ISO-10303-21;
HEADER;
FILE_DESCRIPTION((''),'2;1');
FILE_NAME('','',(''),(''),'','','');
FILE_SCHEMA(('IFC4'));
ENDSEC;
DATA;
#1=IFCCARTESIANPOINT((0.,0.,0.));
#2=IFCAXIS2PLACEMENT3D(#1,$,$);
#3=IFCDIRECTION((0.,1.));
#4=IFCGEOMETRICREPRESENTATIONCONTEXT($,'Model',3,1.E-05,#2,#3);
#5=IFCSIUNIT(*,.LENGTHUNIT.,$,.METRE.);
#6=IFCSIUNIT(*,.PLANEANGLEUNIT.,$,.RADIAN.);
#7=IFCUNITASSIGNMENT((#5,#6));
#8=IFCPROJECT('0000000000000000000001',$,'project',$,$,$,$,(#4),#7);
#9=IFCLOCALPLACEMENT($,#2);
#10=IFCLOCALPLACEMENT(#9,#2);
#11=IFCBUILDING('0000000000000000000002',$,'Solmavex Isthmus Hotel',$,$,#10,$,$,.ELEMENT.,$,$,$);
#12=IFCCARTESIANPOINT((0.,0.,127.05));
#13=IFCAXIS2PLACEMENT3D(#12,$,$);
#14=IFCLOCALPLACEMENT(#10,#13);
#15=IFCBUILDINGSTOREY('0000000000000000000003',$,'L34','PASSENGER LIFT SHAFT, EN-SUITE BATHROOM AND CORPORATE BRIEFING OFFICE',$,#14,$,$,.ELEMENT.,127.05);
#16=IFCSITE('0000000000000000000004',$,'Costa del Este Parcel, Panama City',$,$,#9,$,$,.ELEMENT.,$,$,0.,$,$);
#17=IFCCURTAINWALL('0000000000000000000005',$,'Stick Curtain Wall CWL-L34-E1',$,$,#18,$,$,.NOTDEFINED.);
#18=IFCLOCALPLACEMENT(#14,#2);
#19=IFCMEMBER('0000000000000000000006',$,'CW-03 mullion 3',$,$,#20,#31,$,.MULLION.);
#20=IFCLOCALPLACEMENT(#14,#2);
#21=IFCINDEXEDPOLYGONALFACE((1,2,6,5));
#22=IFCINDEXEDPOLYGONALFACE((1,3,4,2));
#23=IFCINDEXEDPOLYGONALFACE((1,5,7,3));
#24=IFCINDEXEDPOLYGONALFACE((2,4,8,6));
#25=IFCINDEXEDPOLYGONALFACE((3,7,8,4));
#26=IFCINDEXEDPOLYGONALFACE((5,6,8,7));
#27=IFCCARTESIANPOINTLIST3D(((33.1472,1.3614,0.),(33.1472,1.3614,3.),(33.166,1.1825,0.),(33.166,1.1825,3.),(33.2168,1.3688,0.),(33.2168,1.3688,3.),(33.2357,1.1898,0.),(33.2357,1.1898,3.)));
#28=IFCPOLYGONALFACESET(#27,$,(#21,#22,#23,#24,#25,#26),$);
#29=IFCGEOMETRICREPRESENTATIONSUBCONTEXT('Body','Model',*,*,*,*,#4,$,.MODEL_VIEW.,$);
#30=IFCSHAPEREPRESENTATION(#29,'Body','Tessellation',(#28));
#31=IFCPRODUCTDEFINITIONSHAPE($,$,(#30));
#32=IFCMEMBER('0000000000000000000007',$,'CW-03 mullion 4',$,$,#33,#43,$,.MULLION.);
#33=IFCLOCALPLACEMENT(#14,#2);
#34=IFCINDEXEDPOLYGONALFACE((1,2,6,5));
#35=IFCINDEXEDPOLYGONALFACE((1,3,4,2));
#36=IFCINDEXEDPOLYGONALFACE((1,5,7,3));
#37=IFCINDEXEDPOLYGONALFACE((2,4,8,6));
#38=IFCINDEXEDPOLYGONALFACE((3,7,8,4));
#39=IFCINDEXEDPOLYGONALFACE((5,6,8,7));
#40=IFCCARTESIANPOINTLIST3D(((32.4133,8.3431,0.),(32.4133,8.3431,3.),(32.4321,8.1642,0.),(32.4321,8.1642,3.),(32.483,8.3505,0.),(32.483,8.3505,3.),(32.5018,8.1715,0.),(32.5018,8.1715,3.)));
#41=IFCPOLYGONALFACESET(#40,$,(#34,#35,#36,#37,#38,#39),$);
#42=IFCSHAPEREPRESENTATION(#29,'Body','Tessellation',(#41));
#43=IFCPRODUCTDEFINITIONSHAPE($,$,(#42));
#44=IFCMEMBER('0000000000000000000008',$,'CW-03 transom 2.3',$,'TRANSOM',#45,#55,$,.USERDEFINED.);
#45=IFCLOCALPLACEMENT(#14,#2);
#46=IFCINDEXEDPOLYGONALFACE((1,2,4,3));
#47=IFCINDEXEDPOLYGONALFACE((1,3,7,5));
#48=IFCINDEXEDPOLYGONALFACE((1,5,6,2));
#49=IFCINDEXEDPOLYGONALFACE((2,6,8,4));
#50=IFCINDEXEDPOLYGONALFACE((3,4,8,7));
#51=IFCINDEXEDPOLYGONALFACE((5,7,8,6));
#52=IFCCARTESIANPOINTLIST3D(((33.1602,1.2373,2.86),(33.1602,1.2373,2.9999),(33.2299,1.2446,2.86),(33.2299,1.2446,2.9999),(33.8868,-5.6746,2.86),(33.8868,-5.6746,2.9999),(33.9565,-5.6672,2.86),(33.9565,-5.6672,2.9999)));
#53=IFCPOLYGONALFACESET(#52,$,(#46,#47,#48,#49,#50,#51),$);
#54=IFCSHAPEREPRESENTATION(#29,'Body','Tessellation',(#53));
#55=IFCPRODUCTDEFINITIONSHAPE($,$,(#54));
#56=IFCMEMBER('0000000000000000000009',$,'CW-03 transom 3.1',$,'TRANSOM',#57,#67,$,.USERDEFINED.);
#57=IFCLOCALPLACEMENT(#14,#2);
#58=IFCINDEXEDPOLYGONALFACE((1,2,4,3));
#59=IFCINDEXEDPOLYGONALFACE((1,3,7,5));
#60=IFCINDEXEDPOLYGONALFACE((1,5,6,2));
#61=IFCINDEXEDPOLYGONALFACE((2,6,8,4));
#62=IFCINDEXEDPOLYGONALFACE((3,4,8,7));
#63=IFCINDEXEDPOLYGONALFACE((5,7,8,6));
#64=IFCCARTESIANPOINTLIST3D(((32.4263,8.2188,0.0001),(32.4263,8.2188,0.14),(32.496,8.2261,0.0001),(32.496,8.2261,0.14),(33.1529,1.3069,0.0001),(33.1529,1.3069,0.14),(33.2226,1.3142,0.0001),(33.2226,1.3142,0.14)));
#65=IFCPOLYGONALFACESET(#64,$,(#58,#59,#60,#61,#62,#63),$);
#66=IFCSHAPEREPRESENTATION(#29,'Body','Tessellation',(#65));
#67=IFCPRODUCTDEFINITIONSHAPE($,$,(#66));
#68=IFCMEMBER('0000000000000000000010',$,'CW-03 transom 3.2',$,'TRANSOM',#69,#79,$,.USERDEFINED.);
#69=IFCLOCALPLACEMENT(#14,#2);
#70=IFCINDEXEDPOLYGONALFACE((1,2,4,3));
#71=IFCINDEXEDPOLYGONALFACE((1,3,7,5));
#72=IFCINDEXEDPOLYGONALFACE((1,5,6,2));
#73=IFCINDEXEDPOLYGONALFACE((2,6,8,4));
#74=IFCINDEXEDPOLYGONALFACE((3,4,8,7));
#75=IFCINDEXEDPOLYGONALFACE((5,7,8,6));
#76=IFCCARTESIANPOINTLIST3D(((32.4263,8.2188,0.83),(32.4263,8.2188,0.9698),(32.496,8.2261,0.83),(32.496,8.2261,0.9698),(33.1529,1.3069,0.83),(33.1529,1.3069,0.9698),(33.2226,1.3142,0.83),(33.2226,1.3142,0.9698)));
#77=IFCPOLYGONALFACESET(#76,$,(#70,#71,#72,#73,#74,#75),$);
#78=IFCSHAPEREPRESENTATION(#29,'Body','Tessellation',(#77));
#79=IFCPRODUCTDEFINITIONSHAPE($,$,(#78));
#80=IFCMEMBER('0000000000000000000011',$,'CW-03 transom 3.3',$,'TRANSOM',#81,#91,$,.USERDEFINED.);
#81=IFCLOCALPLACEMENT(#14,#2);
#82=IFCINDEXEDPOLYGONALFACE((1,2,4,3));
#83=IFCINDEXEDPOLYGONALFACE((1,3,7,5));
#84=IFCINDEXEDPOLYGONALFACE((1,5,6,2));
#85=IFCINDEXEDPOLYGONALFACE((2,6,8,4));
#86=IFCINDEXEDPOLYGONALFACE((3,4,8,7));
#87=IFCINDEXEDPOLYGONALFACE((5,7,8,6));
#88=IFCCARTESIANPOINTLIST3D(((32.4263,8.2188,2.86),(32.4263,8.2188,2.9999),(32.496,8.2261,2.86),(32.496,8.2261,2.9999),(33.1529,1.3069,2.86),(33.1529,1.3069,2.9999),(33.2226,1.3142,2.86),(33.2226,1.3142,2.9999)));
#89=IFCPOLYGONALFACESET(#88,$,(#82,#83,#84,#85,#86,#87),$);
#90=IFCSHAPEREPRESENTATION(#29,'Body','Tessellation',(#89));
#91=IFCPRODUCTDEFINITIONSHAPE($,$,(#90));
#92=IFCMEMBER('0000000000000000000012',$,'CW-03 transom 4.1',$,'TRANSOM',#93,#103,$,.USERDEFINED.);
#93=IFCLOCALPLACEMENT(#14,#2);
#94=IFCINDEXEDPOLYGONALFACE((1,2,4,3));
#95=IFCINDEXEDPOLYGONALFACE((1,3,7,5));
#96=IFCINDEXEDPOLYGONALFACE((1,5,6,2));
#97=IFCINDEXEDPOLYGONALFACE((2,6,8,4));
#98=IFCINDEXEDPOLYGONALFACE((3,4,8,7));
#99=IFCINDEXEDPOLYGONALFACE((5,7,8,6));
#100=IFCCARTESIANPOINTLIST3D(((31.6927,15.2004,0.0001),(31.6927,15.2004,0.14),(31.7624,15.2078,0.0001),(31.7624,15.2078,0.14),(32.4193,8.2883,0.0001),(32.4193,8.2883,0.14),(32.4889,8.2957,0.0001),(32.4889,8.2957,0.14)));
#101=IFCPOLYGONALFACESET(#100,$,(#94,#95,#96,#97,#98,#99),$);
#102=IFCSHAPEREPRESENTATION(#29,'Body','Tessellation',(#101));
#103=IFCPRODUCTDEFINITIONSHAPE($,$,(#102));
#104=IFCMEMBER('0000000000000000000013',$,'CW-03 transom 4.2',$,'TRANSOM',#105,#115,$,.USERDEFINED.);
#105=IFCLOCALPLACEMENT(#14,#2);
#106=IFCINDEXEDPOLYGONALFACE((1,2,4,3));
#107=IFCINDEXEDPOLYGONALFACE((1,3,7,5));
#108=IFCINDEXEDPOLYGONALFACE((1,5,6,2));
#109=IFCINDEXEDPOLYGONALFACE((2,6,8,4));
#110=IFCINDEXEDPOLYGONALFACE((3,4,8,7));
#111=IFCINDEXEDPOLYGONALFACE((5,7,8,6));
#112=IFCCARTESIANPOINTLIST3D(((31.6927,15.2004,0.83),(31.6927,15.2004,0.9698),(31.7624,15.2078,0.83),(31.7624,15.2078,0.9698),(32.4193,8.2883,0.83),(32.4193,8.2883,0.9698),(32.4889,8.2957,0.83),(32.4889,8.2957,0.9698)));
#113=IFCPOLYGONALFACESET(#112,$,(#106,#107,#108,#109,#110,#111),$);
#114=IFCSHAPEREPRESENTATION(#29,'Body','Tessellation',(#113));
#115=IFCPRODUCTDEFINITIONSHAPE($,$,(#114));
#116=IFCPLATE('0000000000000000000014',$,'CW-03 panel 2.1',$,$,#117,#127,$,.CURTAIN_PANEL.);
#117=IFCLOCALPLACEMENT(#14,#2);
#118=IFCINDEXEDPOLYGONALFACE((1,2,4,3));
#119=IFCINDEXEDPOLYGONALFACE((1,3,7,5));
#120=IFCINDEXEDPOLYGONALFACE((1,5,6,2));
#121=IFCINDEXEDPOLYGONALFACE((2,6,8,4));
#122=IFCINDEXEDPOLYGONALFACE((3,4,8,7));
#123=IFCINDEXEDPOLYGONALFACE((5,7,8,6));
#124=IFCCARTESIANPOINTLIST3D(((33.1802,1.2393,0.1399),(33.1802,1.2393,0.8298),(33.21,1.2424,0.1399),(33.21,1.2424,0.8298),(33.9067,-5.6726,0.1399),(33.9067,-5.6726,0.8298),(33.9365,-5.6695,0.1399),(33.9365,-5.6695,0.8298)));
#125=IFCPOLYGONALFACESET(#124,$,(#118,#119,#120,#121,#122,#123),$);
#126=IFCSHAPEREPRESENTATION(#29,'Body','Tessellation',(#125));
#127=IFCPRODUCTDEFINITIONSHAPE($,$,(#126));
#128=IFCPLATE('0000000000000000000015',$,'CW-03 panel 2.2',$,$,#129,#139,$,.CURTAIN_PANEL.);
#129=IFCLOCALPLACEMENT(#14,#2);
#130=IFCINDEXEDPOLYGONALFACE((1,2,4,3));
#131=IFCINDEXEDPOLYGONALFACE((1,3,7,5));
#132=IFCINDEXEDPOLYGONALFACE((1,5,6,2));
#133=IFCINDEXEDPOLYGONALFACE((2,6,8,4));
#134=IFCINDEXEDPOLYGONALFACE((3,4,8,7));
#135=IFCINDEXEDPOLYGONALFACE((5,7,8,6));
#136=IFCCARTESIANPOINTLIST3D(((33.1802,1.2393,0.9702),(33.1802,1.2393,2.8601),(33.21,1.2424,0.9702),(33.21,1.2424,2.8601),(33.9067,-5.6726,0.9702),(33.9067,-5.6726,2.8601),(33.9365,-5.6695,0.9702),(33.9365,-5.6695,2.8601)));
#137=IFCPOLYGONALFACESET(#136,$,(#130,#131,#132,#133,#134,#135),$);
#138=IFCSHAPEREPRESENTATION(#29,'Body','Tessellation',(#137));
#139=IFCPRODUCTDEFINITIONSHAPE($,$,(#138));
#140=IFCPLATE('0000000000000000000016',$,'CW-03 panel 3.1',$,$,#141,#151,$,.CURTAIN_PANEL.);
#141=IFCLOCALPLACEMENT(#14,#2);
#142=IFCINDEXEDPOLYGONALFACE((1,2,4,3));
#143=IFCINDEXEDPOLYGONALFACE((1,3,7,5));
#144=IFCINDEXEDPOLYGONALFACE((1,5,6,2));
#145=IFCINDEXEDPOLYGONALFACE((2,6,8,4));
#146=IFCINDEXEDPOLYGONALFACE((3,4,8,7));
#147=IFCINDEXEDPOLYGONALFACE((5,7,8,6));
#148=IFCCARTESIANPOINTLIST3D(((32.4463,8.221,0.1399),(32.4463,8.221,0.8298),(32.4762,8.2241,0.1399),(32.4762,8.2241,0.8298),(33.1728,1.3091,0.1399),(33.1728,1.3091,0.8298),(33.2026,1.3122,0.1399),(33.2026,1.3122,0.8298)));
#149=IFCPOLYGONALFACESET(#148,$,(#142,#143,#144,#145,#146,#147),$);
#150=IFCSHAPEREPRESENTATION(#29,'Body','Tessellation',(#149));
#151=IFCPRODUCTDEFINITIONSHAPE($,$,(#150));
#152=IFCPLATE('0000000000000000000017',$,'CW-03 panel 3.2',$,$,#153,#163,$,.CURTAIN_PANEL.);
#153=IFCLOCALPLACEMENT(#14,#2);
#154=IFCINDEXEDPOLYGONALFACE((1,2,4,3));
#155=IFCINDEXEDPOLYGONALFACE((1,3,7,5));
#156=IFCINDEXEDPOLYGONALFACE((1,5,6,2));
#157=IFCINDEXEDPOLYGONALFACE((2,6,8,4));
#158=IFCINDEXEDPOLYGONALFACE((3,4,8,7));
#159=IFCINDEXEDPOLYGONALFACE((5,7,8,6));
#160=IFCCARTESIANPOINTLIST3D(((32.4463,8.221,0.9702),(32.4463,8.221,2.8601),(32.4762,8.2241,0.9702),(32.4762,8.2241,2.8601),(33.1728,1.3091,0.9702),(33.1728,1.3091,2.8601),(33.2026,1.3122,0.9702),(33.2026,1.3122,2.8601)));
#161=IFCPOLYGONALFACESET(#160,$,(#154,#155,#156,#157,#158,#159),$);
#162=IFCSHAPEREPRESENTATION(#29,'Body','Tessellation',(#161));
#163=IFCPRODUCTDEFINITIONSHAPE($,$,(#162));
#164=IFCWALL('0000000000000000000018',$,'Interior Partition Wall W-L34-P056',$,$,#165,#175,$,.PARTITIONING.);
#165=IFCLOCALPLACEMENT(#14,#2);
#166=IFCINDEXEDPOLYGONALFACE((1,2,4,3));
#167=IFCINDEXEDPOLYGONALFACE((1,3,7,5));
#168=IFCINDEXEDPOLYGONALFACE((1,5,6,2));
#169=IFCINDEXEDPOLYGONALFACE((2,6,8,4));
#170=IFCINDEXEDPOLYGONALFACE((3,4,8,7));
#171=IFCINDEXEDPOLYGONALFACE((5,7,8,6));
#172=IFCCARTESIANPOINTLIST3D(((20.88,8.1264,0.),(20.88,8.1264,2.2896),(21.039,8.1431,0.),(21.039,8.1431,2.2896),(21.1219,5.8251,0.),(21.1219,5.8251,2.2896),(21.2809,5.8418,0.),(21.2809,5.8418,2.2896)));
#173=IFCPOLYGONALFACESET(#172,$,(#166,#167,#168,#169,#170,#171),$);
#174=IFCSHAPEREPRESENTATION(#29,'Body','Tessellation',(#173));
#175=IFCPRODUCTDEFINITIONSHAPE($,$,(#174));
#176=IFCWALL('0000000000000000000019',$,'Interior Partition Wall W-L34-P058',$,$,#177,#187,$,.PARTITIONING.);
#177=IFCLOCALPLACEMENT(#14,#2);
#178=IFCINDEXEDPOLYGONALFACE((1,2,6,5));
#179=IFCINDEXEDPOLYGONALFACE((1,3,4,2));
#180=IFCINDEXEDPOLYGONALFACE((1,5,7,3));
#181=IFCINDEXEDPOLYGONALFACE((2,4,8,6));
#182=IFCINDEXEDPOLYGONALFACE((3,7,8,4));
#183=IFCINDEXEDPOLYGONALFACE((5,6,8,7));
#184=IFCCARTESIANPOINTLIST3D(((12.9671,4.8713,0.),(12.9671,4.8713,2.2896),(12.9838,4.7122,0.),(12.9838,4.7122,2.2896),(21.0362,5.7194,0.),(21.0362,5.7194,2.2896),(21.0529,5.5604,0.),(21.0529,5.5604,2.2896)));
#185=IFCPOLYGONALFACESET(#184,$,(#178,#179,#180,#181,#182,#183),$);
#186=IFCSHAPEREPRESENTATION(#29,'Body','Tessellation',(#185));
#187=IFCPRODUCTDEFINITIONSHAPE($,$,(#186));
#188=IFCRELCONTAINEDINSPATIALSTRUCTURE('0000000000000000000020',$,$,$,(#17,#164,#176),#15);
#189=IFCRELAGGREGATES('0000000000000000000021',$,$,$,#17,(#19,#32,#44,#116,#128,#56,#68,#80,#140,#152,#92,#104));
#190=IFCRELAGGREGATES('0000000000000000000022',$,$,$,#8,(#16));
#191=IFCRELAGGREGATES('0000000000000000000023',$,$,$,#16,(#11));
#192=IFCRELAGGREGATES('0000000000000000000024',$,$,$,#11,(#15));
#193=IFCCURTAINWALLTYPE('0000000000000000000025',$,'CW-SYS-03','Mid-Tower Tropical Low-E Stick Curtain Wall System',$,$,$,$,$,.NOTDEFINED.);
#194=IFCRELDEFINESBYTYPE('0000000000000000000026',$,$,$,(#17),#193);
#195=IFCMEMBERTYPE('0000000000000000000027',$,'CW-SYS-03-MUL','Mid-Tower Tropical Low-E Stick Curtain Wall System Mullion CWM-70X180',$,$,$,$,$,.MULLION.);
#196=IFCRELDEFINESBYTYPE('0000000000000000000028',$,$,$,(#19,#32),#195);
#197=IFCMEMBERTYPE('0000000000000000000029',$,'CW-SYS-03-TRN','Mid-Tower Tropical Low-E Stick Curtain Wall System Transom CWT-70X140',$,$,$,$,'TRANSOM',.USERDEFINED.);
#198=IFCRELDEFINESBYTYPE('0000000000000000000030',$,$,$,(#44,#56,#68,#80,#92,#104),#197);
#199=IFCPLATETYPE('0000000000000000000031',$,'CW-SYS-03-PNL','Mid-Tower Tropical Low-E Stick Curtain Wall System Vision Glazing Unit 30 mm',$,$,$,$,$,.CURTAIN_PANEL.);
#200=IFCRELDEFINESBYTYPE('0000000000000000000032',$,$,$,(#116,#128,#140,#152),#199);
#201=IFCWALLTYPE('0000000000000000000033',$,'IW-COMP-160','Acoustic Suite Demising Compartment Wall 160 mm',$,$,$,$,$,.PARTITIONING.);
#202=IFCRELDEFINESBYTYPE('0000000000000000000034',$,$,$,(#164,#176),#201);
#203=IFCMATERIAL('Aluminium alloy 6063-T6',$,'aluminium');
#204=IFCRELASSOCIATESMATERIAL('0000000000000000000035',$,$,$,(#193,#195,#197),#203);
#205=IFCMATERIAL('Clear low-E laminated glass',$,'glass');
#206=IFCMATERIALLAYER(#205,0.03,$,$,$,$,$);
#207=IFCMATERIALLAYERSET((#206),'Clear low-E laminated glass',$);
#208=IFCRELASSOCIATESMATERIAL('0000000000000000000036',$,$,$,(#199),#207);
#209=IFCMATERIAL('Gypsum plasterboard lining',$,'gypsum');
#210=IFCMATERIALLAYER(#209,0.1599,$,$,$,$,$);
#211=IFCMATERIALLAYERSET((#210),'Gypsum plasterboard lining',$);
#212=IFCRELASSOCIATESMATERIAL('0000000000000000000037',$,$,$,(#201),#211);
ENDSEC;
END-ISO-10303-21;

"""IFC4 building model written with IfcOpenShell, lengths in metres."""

from ifc_helpers import new_model, si_unit, direction, frame, frame_2d, origin, origin_2d, place, context, subcontext, project, spatial, rectangle, extrude, material, layer, layer_set, material_profile, profile_set, type_object, element, aggregate, save


model = new_model("IFC4")

# Units and contexts
model_context = context("Model", 3, precision=1e-05, world=origin(), true_north=direction((0.0, 1.0)))
body_context = subcontext(model_context, "Body", "Model", "MODEL_VIEW")
ifc_project = project(units=[si_unit("LENGTHUNIT", "METRE"), si_unit("PLANEANGLEUNIT", "RADIAN")], contexts=[model_context])

# Site, building, storey
site_placement = place(None, origin())
site = spatial("IfcSite", under=ifc_project, at=site_placement, Name="Costa del Este Parcel, Panama City", CompositionType="ELEMENT", RefElevation=0.0)
building_placement = place(site_placement, origin())
building = spatial("IfcBuilding", under=site, at=building_placement, Name="Solmavex Isthmus Hotel", CompositionType="ELEMENT")
storey_placement = place(building_placement, frame((0.0, 0.0, 127.05)))
storey = spatial("IfcBuildingStorey", under=building, at=storey_placement, Name="L34", Description="PASSENGER LIFT SHAFT, EN-SUITE BATHROOM AND CORPORATE BRIEFING OFFICE", CompositionType="ELEMENT", Elevation=127.05)

# Curtain wall, members, plates
ifc_material_1 = material(Name="Aluminium alloy 6063-T6", Category="aluminium")
curtain_wall_type = type_object("IfcCurtainWallType", Name="CW-SYS-03", Description="Mid-Tower Tropical Low-E Stick Curtain Wall System", PredefinedType="NOTDEFINED", material=ifc_material_1)
curtain_wall_placement = place(storey_placement, origin())
curtain_wall = element("IfcCurtainWall", 1, at=curtain_wall_placement, inside=storey, type_object=curtain_wall_type, Name="Stick Curtain Wall CWL-L34-E1", PredefinedType="NOTDEFINED")
ifc_material_profile_1 = material_profile(ifc_material_1, rectangle(XDim=0.0701, YDim=0.1799, at=origin_2d()), Name="CWM-70X180")
ifc_profile_set_1 = profile_set([ifc_material_profile_1], Name="Aluminium alloy 6063-T6")
member_type_1 = type_object("IfcMemberType", Name="CW-SYS-03-MUL", Description="Mid-Tower Tropical Low-E Stick Curtain Wall System Mullion CWM-70X180", PredefinedType="MULLION", material=ifc_profile_set_1)
member_1_placement = place(storey_placement, frame((33.1914, 1.2756, 0.0), z_axis=(0.0, 0.0, 1.0), x_axis=(-0.994522, -0.104528, 0.0)))
member_1 = element("IfcMember", 2, at=member_1_placement, type_object=member_type_1, Name="CW-03 mullion 3", PredefinedType="MULLION", context=body_context, shape_type="SweptSolid", body=[
    extrude(rectangle(XDim=0.0701, YDim=0.1799, at=origin_2d()), origin(), (0.0, 0.0, 1.0), 3.0),
])
member_2_placement = place(storey_placement, frame((32.4575, 8.2573, 0.0), z_axis=(0.0, 0.0, 1.0), x_axis=(-0.994522, -0.104528, 0.0)))
member_2 = element("IfcMember", 3, at=member_2_placement, type_object=member_type_1, Name="CW-03 mullion 4", PredefinedType="MULLION", context=body_context, shape_type="SweptSolid", body=[
    extrude(rectangle(XDim=0.0701, YDim=0.1799, at=origin_2d()), origin(), (0.0, 0.0, 1.0), 3.0),
])
ifc_material_profile_2 = material_profile(ifc_material_1, rectangle(XDim=0.0701, YDim=0.1399, at=origin_2d()), Name="CWT-70X140")
ifc_profile_set_2 = profile_set([ifc_material_profile_2], Name="Aluminium alloy 6063-T6")
member_type_2 = type_object("IfcMemberType", Name="CW-SYS-03-TRN", Description="Mid-Tower Tropical Low-E Stick Curtain Wall System Transom CWT-70X140", ElementType="TRANSOM", PredefinedType="USERDEFINED", material=ifc_profile_set_2)
member_3_placement = place(storey_placement, frame((33.9216, -5.6709, 2.9299), z_axis=(-0.104542, 0.99452, 0.0), x_axis=(-0.99452, -0.104542, 0.0)))
member_3 = element("IfcMember", 4, at=member_3_placement, type_object=member_type_2, Name="CW-03 transom 2.3", ObjectType="TRANSOM", PredefinedType="USERDEFINED", context=body_context, shape_type="SweptSolid", body=[
    extrude(rectangle(XDim=0.0701, YDim=0.1399, at=origin_2d()), origin(), (0.0, 0.0, 1.0), 6.95),
])
member_4_placement = place(storey_placement, frame((33.1877, 1.3105, 0.0701), z_axis=(-0.104542, 0.99452, 0.0), x_axis=(-0.99452, -0.104542, 0.0)))
member_4 = element("IfcMember", 5, at=member_4_placement, type_object=member_type_2, Name="CW-03 transom 3.1", ObjectType="TRANSOM", PredefinedType="USERDEFINED", context=body_context, shape_type="SweptSolid", body=[
    extrude(rectangle(XDim=0.0701, YDim=0.1399, at=origin_2d()), origin(), (0.0, 0.0, 1.0), 6.95),
])
member_5_placement = place(storey_placement, frame((33.1877, 1.3105, 0.8999), z_axis=(-0.104542, 0.99452, 0.0), x_axis=(-0.99452, -0.104542, 0.0)))
member_5 = element("IfcMember", 6, at=member_5_placement, type_object=member_type_2, Name="CW-03 transom 3.2", ObjectType="TRANSOM", PredefinedType="USERDEFINED", context=body_context, shape_type="SweptSolid", body=[
    extrude(rectangle(XDim=0.0701, YDim=0.1399, at=origin_2d()), origin(), (0.0, 0.0, 1.0), 6.95),
])
member_6_placement = place(storey_placement, frame((33.1877, 1.3105, 2.9299), z_axis=(-0.104542, 0.99452, 0.0), x_axis=(-0.99452, -0.104542, 0.0)))
member_6 = element("IfcMember", 7, at=member_6_placement, type_object=member_type_2, Name="CW-03 transom 3.3", ObjectType="TRANSOM", PredefinedType="USERDEFINED", context=body_context, shape_type="SweptSolid", body=[
    extrude(rectangle(XDim=0.0701, YDim=0.1399, at=origin_2d()), origin(), (0.0, 0.0, 1.0), 6.95),
])
member_7_placement = place(storey_placement, frame((32.4541, 8.292, 0.0701), z_axis=(-0.104539, 0.994521, 0.0), x_axis=(-0.994521, -0.104539, 0.0)))
member_7 = element("IfcMember", 8, at=member_7_placement, type_object=member_type_2, Name="CW-03 transom 4.1", ObjectType="TRANSOM", PredefinedType="USERDEFINED", context=body_context, shape_type="SweptSolid", body=[
    extrude(rectangle(XDim=0.0701, YDim=0.1399, at=origin_2d()), origin(), (0.0, 0.0, 1.0), 6.9502),
])
member_8_placement = place(storey_placement, frame((32.4541, 8.292, 0.8999), z_axis=(-0.104539, 0.994521, 0.0), x_axis=(-0.994521, -0.104539, 0.0)))
member_8 = element("IfcMember", 9, at=member_8_placement, type_object=member_type_2, Name="CW-03 transom 4.2", ObjectType="TRANSOM", PredefinedType="USERDEFINED", context=body_context, shape_type="SweptSolid", body=[
    extrude(rectangle(XDim=0.0701, YDim=0.1399, at=origin_2d()), origin(), (0.0, 0.0, 1.0), 6.9502),
])
ifc_material_2 = material(Name="Clear low-E laminated glass", Category="glass")
ifc_layer_1 = layer(ifc_material_2, 0.03)
ifc_layer_set_1 = layer_set([ifc_layer_1], Name="Clear low-E laminated glass")
plate_type = type_object("IfcPlateType", Name="CW-SYS-03-PNL", Description="Mid-Tower Tropical Low-E Stick Curtain Wall System Vision Glazing Unit 30 mm", PredefinedType="CURTAIN_PANEL", material=ifc_layer_set_1)
plate_1_placement = place(storey_placement, frame((33.5583, -2.2151, 0.1399), z_axis=(0.0, 0.0, 1.0), x_axis=(-0.104528, 0.994522, 0.0)))
plate_1 = element("IfcPlate", 10, at=plate_1_placement, type_object=plate_type, Name="CW-03 panel 2.1", PredefinedType="CURTAIN_PANEL", context=body_context, shape_type="SweptSolid", body=[
    extrude(rectangle(XDim=6.95, YDim=0.03, at=origin_2d()), origin(), (0.0, 0.0, 1.0), 0.6899),
])
plate_2_placement = place(storey_placement, frame((33.5583, -2.2151, 0.9702), z_axis=(0.0, 0.0, 1.0), x_axis=(-0.104528, 0.994522, 0.0)))
plate_2 = element("IfcPlate", 11, at=plate_2_placement, type_object=plate_type, Name="CW-03 panel 2.2", PredefinedType="CURTAIN_PANEL", context=body_context, shape_type="SweptSolid", body=[
    extrude(rectangle(XDim=6.95, YDim=0.03, at=origin_2d()), origin(), (0.0, 0.0, 1.0), 1.8899),
])
plate_3_placement = place(storey_placement, frame((32.8245, 4.7666, 0.1399), z_axis=(0.0, 0.0, 1.0), x_axis=(-0.104528, 0.994522, 0.0)))
plate_3 = element("IfcPlate", 12, at=plate_3_placement, type_object=plate_type, Name="CW-03 panel 3.1", PredefinedType="CURTAIN_PANEL", context=body_context, shape_type="SweptSolid", body=[
    extrude(rectangle(XDim=6.95, YDim=0.03, at=origin_2d()), origin(), (0.0, 0.0, 1.0), 0.6899),
])
plate_4_placement = place(storey_placement, frame((32.8245, 4.7666, 0.9702), z_axis=(0.0, 0.0, 1.0), x_axis=(-0.104528, 0.994522, 0.0)))
plate_4 = element("IfcPlate", 13, at=plate_4_placement, type_object=plate_type, Name="CW-03 panel 3.2", PredefinedType="CURTAIN_PANEL", context=body_context, shape_type="SweptSolid", body=[
    extrude(rectangle(XDim=6.95, YDim=0.03, at=origin_2d()), origin(), (0.0, 0.0, 1.0), 1.8899),
])
aggregate(curtain_wall, [member_1, member_2, member_3, plate_1, plate_2, member_4, member_5, member_6, plate_3, plate_4, member_7, member_8])

# Walls
ifc_material_3 = material(Name="Gypsum plasterboard lining", Category="gypsum")
ifc_layer_2 = layer(ifc_material_3, 0.1599)
ifc_layer_set_2 = layer_set([ifc_layer_2], Name="Gypsum plasterboard lining")
wall_type_1 = type_object("IfcWallType", Name="IW-COMP-160", Description="Acoustic Suite Demising Compartment Wall 160 mm", PredefinedType="PARTITIONING", material=ifc_layer_set_2)
wall_1_placement = place(storey_placement, frame((20.9595, 8.1348, 0.0), z_axis=(0.0, 0.0, 1.0), x_axis=(0.104558, -0.994519, 0.0)))
element("IfcWall", 14, at=wall_1_placement, inside=storey, type_object=wall_type_1, Name="Interior Partition Wall W-L34-P056", PredefinedType="PARTITIONING", context=body_context, shape_type="SweptSolid", body=[
    extrude(rectangle(XDim=2.314, YDim=0.1599, at=frame_2d((1.157, 0.0))), origin(), (0.0, 0.0, 1.0), 2.2896),
])
wall_2_placement = place(storey_placement, frame((21.0444, 5.6399, 0.0), z_axis=(0.0, 0.0, 1.0), x_axis=(-0.994521, -0.104534, 0.0)))
element("IfcWall", 15, at=wall_2_placement, inside=storey, type_object=wall_type_1, Name="Interior Partition Wall W-L34-P058", PredefinedType="PARTITIONING", context=body_context, shape_type="SweptSolid", body=[
    extrude(rectangle(XDim=8.1135, YDim=0.1599, at=frame_2d((4.0566, 0.0))), origin(), (0.0, 0.0, 1.0), 2.2896),
])

save(model, "model.ifc")
